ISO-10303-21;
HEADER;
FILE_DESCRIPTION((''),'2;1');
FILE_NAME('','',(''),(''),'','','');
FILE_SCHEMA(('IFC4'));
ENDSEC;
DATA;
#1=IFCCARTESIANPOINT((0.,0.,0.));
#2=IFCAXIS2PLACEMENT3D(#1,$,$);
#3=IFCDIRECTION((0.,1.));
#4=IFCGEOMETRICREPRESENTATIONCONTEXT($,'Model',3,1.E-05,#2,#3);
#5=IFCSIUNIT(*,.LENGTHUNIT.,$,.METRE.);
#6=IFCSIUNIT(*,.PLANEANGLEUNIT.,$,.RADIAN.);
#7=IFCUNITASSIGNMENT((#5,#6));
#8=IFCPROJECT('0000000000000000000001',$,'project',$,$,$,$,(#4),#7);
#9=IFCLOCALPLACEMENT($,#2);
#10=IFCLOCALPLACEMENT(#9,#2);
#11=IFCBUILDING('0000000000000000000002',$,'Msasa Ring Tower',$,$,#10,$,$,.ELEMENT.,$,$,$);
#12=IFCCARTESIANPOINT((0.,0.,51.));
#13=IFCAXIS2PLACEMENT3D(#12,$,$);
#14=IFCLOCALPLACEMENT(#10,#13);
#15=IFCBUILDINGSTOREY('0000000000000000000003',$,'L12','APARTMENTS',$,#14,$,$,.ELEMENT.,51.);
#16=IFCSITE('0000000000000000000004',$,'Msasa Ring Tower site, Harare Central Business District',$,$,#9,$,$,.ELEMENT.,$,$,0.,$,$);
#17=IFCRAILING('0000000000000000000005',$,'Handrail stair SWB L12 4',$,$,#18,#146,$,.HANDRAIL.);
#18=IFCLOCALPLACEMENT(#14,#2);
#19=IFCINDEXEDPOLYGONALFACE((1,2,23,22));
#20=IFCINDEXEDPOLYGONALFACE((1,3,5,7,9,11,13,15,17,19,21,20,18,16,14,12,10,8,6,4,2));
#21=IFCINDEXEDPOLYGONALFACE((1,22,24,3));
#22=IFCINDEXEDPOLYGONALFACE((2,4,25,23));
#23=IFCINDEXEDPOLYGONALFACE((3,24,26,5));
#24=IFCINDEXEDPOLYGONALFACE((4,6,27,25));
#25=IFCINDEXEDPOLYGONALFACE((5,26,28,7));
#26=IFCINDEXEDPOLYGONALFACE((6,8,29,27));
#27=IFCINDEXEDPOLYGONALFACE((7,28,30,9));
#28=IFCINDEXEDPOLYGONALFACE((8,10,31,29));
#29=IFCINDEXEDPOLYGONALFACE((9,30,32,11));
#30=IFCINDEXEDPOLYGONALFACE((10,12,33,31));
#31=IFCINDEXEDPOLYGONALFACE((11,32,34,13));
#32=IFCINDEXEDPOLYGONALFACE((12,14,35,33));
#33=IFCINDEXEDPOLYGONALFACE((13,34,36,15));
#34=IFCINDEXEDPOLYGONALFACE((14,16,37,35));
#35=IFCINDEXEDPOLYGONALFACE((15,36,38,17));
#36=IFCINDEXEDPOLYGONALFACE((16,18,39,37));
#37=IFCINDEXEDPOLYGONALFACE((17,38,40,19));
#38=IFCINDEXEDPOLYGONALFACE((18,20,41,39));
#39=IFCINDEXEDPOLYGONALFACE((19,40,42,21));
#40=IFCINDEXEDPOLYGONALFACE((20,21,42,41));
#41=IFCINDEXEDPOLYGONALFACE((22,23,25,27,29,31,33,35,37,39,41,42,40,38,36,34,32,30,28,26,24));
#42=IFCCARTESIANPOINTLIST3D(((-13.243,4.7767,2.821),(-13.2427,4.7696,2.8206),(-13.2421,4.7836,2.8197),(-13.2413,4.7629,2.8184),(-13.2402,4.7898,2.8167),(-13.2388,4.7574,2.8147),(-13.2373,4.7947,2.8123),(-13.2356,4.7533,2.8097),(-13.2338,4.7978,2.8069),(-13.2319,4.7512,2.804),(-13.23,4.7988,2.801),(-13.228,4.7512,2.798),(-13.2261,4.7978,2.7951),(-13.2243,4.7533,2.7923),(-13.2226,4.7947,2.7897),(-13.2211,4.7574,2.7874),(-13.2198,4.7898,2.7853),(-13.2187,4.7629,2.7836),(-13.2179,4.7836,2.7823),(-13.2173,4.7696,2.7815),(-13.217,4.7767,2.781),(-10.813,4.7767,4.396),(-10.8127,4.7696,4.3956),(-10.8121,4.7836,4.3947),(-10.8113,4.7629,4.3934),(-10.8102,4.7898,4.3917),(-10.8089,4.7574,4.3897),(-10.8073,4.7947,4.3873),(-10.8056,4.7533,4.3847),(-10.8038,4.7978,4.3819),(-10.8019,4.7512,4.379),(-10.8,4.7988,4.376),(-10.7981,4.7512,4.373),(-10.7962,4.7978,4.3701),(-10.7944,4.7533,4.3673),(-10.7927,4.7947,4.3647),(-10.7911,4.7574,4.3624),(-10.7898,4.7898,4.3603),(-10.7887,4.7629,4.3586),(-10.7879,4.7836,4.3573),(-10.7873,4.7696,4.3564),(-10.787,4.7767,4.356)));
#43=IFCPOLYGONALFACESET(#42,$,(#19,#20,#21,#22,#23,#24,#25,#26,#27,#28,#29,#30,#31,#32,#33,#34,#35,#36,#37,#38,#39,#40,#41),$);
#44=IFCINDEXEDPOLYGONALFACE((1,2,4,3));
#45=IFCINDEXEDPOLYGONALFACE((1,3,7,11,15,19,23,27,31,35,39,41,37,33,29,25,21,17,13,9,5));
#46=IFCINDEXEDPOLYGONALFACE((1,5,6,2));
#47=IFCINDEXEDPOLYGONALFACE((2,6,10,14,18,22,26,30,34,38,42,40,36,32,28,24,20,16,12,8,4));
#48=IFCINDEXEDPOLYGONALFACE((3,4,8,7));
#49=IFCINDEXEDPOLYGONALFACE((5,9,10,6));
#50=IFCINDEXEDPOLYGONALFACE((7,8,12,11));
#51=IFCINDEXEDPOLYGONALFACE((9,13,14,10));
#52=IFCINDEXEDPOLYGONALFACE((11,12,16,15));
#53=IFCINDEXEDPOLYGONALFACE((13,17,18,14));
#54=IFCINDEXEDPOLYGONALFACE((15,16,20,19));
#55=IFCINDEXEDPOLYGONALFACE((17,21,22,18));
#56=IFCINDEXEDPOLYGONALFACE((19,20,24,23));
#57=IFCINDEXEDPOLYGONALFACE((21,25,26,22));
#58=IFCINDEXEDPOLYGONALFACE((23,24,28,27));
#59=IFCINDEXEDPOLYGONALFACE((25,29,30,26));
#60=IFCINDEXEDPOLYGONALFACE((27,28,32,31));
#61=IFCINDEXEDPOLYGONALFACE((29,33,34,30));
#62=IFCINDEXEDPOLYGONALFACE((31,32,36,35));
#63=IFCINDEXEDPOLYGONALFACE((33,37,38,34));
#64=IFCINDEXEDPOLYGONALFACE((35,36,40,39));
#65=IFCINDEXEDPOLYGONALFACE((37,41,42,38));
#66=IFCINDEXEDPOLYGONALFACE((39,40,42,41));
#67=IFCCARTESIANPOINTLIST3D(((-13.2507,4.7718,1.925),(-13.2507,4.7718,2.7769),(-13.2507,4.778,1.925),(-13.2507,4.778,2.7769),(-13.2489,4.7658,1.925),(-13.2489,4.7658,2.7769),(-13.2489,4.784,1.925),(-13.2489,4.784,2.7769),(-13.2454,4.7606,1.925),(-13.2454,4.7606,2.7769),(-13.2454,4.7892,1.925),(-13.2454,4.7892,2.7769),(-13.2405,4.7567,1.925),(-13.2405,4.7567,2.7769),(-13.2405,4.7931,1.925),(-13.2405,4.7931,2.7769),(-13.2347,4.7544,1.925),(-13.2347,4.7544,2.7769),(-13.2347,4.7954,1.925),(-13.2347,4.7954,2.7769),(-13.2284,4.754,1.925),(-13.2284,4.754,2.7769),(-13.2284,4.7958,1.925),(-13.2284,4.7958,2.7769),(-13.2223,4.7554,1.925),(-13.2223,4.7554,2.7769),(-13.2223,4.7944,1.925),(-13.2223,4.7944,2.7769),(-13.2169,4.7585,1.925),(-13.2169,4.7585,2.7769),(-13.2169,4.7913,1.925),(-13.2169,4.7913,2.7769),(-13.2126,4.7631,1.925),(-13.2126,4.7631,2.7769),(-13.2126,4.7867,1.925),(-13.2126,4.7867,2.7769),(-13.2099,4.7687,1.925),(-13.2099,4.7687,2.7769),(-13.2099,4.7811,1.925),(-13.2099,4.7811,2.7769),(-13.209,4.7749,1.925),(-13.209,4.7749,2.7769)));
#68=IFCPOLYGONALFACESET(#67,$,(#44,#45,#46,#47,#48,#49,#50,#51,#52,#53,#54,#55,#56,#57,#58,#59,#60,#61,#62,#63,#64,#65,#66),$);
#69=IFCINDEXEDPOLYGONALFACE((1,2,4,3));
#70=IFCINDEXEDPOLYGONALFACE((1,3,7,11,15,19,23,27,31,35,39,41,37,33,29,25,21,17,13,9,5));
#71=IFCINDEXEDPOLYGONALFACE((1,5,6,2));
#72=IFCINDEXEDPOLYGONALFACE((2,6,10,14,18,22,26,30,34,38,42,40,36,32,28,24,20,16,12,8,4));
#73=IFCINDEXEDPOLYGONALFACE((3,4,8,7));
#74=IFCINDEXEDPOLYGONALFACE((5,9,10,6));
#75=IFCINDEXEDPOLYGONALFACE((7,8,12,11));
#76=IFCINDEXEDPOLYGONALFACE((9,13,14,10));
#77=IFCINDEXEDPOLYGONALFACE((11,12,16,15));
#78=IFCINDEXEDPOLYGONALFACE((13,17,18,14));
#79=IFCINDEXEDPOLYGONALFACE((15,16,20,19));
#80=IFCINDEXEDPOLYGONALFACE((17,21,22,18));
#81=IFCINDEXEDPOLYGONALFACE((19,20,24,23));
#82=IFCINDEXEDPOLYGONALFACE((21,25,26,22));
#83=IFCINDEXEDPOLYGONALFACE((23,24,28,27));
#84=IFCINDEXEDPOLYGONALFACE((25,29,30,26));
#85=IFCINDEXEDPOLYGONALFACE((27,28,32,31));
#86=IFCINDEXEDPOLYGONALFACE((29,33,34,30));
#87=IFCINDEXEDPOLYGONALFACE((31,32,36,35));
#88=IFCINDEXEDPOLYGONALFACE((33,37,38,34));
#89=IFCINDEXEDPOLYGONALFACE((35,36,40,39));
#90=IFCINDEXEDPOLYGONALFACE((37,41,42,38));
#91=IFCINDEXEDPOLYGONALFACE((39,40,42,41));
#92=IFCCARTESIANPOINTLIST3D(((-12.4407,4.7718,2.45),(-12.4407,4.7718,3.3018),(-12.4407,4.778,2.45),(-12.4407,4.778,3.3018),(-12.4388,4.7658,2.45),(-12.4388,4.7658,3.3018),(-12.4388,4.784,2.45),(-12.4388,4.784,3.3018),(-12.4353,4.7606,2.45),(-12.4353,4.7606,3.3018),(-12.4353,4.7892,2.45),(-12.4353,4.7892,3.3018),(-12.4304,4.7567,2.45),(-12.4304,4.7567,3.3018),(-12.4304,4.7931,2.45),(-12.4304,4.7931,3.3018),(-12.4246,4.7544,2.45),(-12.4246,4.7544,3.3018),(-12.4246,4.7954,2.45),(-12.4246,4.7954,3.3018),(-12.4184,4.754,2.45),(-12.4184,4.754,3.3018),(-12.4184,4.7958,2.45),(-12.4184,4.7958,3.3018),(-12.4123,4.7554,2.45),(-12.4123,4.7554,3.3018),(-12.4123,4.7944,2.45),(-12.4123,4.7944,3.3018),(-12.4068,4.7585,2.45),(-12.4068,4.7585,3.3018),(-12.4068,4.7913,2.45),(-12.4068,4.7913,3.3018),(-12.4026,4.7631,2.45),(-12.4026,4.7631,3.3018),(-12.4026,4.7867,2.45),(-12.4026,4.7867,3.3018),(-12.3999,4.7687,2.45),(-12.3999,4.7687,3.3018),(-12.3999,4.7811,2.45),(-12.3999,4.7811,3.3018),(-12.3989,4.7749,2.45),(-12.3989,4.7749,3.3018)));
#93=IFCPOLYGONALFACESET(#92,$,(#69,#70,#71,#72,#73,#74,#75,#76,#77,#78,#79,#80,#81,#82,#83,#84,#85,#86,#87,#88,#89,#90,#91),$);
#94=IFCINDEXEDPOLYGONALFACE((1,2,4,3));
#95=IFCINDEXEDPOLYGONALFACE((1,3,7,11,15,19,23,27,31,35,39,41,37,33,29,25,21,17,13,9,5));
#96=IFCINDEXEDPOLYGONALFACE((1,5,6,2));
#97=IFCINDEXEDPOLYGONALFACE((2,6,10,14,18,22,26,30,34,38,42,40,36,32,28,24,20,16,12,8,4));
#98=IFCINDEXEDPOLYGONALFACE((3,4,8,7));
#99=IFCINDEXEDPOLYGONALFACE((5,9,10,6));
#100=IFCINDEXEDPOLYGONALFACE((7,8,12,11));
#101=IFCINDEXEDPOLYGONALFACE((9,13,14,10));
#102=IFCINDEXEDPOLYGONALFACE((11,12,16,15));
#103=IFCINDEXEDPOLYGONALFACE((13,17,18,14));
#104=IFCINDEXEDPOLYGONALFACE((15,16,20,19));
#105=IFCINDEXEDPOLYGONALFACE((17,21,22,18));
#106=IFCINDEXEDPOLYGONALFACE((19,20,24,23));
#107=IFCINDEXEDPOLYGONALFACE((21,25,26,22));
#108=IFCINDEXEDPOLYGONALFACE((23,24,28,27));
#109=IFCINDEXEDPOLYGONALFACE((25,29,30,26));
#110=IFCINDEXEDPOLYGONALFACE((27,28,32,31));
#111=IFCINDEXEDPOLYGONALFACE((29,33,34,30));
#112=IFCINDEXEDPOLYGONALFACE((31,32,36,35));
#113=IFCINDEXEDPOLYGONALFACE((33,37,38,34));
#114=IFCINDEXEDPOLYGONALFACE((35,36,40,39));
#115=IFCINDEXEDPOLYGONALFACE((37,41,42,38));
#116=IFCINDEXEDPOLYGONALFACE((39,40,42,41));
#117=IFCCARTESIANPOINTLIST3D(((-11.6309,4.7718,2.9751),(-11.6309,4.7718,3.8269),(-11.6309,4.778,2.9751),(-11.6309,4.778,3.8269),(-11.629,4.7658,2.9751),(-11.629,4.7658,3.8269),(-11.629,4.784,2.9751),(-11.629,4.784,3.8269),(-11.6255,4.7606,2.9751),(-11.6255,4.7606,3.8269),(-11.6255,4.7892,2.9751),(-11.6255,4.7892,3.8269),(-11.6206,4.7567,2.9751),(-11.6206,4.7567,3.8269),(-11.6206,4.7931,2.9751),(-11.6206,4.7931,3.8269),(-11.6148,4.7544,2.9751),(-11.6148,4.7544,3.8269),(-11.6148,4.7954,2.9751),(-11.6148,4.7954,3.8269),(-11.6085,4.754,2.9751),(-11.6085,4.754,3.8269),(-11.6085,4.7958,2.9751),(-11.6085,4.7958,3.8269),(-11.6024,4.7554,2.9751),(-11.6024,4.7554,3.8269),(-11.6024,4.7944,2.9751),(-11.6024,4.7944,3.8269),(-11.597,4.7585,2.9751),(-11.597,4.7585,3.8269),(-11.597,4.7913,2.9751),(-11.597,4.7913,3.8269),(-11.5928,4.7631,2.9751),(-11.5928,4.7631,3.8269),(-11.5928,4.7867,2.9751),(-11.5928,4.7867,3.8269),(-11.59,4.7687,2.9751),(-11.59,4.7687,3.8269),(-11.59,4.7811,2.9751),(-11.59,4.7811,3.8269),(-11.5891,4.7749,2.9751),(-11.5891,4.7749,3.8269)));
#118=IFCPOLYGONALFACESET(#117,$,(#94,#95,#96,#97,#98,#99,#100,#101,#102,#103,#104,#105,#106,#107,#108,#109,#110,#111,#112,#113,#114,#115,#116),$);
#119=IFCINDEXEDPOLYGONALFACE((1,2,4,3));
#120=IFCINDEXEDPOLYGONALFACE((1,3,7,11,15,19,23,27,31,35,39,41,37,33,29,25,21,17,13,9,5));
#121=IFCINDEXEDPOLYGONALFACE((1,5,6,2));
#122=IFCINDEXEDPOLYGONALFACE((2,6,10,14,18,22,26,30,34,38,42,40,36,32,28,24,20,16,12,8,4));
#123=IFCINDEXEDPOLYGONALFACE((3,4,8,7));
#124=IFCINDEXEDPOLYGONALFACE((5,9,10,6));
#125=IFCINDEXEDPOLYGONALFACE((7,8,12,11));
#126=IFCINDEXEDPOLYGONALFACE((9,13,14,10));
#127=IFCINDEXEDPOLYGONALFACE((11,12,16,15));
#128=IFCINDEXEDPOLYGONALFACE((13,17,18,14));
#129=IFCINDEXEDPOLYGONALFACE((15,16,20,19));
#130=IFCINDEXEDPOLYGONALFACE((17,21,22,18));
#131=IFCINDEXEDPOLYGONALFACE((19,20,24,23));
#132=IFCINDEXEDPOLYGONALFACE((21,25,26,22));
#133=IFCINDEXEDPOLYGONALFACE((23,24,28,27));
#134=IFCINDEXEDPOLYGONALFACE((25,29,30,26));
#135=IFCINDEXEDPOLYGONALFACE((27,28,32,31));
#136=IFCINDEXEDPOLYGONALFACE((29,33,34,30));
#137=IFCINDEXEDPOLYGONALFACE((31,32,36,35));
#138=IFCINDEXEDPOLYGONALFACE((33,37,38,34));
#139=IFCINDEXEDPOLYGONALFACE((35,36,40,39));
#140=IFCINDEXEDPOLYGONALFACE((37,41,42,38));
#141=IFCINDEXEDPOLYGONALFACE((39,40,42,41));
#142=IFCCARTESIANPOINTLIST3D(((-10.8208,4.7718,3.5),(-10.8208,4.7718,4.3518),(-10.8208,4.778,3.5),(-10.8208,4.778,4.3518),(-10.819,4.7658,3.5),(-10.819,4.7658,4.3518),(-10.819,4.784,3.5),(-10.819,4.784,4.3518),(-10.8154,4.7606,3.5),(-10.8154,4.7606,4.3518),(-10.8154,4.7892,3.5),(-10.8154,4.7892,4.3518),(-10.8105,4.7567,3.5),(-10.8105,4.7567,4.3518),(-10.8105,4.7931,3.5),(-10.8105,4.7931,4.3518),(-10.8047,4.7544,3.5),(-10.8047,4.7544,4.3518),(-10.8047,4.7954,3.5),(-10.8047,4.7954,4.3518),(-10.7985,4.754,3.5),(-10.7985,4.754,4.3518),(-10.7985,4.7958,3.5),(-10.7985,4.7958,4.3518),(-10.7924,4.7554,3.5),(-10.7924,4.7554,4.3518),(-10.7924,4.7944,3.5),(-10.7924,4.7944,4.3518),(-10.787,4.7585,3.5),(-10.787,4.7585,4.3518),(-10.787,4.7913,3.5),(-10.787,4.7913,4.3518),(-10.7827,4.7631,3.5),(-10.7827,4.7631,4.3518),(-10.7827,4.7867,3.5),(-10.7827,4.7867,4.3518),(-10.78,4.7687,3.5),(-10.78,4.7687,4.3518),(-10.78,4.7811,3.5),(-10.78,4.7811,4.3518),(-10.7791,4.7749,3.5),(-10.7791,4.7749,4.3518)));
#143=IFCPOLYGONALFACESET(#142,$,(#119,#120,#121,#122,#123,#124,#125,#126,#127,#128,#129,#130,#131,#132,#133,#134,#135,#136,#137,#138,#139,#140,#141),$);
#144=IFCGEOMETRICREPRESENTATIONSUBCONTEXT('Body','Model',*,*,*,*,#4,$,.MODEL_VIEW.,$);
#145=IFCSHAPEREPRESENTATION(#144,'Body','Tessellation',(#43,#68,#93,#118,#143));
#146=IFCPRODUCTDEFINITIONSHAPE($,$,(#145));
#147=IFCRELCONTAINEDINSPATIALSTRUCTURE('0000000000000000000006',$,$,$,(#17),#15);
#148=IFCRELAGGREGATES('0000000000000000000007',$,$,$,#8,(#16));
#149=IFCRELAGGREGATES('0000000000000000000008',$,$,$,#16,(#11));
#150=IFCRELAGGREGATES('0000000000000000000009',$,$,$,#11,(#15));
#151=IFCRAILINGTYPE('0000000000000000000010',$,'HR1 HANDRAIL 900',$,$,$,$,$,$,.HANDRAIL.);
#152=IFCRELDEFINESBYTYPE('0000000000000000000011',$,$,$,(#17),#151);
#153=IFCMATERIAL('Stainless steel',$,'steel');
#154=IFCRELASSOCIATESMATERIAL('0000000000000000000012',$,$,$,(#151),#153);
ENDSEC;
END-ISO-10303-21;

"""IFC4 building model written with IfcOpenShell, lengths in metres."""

from ifc_helpers import new_model, si_unit, direction, frame, origin, origin_2d, place, context, subcontext, project, spatial, circle, extrude, material, type_object, element, save


model = new_model("IFC4")

# Units and contexts
model_context = context("Model", 3, precision=1e-05, world=origin(), true_north=direction((0.0, 1.0)))
body_context = subcontext(model_context, "Body", "Model", "MODEL_VIEW")
ifc_project = project(units=[si_unit("LENGTHUNIT", "METRE"), si_unit("PLANEANGLEUNIT", "RADIAN")], contexts=[model_context])

# Site, building, storey
site_placement = place(None, origin())
site = spatial("IfcSite", under=ifc_project, at=site_placement, Name="Msasa Ring Tower site, Harare Central Business District", CompositionType="ELEMENT", RefElevation=0.0)
building_placement = place(site_placement, origin())
building = spatial("IfcBuilding", under=site, at=building_placement, Name="Msasa Ring Tower", CompositionType="ELEMENT")
storey_placement = place(building_placement, frame((0.0, 0.0, 51.0)))
storey = spatial("IfcBuildingStorey", under=building, at=storey_placement, Name="L12", Description="APARTMENTS", CompositionType="ELEMENT", Elevation=51.0)

# Railing
ifc_material_1 = material(Name="Stainless steel", Category="steel")
railing_type = type_object("IfcRailingType", Name="HR1 HANDRAIL 900", PredefinedType="HANDRAIL", material=ifc_material_1)
for number, where, name in (
    (1, (-13.23, 4.7749, 1.925), "Handrail stair SWB L12 4"),
):
    element("IfcRailing", number, at=place(storey_placement, frame(where)), inside=storey, type_object=railing_type, Name=name, PredefinedType="HANDRAIL", context=body_context, shape_type="SweptSolid", body=[
        extrude(circle(Radius=0.0239, at=origin_2d()), frame((0.0, 0.0, 0.876), z_axis=(0.839154, 0.0, 0.543894), x_axis=(0.0, 1.0, 0.0)), (0.0, 0.0, 1.0), 2.8958),
        extrude(circle(Radius=0.021, at=origin_2d()), origin(), (0.0, 0.0, 1.0), 0.8518),
        extrude(circle(Radius=0.021, at=origin_2d()), frame((0.8101, 0.0, 0.5249)), (0.0, 0.0, 1.0), 0.8518),
        extrude(circle(Radius=0.021, at=origin_2d()), frame((1.6199, 0.0, 1.05)), (0.0, 0.0, 1.0), 0.8518),
        extrude(circle(Radius=0.021, at=origin_2d()), frame((2.4299, 0.0, 1.575)), (0.0, 0.0, 1.0), 0.8518),
    ])

save(model, "model.ifc")
